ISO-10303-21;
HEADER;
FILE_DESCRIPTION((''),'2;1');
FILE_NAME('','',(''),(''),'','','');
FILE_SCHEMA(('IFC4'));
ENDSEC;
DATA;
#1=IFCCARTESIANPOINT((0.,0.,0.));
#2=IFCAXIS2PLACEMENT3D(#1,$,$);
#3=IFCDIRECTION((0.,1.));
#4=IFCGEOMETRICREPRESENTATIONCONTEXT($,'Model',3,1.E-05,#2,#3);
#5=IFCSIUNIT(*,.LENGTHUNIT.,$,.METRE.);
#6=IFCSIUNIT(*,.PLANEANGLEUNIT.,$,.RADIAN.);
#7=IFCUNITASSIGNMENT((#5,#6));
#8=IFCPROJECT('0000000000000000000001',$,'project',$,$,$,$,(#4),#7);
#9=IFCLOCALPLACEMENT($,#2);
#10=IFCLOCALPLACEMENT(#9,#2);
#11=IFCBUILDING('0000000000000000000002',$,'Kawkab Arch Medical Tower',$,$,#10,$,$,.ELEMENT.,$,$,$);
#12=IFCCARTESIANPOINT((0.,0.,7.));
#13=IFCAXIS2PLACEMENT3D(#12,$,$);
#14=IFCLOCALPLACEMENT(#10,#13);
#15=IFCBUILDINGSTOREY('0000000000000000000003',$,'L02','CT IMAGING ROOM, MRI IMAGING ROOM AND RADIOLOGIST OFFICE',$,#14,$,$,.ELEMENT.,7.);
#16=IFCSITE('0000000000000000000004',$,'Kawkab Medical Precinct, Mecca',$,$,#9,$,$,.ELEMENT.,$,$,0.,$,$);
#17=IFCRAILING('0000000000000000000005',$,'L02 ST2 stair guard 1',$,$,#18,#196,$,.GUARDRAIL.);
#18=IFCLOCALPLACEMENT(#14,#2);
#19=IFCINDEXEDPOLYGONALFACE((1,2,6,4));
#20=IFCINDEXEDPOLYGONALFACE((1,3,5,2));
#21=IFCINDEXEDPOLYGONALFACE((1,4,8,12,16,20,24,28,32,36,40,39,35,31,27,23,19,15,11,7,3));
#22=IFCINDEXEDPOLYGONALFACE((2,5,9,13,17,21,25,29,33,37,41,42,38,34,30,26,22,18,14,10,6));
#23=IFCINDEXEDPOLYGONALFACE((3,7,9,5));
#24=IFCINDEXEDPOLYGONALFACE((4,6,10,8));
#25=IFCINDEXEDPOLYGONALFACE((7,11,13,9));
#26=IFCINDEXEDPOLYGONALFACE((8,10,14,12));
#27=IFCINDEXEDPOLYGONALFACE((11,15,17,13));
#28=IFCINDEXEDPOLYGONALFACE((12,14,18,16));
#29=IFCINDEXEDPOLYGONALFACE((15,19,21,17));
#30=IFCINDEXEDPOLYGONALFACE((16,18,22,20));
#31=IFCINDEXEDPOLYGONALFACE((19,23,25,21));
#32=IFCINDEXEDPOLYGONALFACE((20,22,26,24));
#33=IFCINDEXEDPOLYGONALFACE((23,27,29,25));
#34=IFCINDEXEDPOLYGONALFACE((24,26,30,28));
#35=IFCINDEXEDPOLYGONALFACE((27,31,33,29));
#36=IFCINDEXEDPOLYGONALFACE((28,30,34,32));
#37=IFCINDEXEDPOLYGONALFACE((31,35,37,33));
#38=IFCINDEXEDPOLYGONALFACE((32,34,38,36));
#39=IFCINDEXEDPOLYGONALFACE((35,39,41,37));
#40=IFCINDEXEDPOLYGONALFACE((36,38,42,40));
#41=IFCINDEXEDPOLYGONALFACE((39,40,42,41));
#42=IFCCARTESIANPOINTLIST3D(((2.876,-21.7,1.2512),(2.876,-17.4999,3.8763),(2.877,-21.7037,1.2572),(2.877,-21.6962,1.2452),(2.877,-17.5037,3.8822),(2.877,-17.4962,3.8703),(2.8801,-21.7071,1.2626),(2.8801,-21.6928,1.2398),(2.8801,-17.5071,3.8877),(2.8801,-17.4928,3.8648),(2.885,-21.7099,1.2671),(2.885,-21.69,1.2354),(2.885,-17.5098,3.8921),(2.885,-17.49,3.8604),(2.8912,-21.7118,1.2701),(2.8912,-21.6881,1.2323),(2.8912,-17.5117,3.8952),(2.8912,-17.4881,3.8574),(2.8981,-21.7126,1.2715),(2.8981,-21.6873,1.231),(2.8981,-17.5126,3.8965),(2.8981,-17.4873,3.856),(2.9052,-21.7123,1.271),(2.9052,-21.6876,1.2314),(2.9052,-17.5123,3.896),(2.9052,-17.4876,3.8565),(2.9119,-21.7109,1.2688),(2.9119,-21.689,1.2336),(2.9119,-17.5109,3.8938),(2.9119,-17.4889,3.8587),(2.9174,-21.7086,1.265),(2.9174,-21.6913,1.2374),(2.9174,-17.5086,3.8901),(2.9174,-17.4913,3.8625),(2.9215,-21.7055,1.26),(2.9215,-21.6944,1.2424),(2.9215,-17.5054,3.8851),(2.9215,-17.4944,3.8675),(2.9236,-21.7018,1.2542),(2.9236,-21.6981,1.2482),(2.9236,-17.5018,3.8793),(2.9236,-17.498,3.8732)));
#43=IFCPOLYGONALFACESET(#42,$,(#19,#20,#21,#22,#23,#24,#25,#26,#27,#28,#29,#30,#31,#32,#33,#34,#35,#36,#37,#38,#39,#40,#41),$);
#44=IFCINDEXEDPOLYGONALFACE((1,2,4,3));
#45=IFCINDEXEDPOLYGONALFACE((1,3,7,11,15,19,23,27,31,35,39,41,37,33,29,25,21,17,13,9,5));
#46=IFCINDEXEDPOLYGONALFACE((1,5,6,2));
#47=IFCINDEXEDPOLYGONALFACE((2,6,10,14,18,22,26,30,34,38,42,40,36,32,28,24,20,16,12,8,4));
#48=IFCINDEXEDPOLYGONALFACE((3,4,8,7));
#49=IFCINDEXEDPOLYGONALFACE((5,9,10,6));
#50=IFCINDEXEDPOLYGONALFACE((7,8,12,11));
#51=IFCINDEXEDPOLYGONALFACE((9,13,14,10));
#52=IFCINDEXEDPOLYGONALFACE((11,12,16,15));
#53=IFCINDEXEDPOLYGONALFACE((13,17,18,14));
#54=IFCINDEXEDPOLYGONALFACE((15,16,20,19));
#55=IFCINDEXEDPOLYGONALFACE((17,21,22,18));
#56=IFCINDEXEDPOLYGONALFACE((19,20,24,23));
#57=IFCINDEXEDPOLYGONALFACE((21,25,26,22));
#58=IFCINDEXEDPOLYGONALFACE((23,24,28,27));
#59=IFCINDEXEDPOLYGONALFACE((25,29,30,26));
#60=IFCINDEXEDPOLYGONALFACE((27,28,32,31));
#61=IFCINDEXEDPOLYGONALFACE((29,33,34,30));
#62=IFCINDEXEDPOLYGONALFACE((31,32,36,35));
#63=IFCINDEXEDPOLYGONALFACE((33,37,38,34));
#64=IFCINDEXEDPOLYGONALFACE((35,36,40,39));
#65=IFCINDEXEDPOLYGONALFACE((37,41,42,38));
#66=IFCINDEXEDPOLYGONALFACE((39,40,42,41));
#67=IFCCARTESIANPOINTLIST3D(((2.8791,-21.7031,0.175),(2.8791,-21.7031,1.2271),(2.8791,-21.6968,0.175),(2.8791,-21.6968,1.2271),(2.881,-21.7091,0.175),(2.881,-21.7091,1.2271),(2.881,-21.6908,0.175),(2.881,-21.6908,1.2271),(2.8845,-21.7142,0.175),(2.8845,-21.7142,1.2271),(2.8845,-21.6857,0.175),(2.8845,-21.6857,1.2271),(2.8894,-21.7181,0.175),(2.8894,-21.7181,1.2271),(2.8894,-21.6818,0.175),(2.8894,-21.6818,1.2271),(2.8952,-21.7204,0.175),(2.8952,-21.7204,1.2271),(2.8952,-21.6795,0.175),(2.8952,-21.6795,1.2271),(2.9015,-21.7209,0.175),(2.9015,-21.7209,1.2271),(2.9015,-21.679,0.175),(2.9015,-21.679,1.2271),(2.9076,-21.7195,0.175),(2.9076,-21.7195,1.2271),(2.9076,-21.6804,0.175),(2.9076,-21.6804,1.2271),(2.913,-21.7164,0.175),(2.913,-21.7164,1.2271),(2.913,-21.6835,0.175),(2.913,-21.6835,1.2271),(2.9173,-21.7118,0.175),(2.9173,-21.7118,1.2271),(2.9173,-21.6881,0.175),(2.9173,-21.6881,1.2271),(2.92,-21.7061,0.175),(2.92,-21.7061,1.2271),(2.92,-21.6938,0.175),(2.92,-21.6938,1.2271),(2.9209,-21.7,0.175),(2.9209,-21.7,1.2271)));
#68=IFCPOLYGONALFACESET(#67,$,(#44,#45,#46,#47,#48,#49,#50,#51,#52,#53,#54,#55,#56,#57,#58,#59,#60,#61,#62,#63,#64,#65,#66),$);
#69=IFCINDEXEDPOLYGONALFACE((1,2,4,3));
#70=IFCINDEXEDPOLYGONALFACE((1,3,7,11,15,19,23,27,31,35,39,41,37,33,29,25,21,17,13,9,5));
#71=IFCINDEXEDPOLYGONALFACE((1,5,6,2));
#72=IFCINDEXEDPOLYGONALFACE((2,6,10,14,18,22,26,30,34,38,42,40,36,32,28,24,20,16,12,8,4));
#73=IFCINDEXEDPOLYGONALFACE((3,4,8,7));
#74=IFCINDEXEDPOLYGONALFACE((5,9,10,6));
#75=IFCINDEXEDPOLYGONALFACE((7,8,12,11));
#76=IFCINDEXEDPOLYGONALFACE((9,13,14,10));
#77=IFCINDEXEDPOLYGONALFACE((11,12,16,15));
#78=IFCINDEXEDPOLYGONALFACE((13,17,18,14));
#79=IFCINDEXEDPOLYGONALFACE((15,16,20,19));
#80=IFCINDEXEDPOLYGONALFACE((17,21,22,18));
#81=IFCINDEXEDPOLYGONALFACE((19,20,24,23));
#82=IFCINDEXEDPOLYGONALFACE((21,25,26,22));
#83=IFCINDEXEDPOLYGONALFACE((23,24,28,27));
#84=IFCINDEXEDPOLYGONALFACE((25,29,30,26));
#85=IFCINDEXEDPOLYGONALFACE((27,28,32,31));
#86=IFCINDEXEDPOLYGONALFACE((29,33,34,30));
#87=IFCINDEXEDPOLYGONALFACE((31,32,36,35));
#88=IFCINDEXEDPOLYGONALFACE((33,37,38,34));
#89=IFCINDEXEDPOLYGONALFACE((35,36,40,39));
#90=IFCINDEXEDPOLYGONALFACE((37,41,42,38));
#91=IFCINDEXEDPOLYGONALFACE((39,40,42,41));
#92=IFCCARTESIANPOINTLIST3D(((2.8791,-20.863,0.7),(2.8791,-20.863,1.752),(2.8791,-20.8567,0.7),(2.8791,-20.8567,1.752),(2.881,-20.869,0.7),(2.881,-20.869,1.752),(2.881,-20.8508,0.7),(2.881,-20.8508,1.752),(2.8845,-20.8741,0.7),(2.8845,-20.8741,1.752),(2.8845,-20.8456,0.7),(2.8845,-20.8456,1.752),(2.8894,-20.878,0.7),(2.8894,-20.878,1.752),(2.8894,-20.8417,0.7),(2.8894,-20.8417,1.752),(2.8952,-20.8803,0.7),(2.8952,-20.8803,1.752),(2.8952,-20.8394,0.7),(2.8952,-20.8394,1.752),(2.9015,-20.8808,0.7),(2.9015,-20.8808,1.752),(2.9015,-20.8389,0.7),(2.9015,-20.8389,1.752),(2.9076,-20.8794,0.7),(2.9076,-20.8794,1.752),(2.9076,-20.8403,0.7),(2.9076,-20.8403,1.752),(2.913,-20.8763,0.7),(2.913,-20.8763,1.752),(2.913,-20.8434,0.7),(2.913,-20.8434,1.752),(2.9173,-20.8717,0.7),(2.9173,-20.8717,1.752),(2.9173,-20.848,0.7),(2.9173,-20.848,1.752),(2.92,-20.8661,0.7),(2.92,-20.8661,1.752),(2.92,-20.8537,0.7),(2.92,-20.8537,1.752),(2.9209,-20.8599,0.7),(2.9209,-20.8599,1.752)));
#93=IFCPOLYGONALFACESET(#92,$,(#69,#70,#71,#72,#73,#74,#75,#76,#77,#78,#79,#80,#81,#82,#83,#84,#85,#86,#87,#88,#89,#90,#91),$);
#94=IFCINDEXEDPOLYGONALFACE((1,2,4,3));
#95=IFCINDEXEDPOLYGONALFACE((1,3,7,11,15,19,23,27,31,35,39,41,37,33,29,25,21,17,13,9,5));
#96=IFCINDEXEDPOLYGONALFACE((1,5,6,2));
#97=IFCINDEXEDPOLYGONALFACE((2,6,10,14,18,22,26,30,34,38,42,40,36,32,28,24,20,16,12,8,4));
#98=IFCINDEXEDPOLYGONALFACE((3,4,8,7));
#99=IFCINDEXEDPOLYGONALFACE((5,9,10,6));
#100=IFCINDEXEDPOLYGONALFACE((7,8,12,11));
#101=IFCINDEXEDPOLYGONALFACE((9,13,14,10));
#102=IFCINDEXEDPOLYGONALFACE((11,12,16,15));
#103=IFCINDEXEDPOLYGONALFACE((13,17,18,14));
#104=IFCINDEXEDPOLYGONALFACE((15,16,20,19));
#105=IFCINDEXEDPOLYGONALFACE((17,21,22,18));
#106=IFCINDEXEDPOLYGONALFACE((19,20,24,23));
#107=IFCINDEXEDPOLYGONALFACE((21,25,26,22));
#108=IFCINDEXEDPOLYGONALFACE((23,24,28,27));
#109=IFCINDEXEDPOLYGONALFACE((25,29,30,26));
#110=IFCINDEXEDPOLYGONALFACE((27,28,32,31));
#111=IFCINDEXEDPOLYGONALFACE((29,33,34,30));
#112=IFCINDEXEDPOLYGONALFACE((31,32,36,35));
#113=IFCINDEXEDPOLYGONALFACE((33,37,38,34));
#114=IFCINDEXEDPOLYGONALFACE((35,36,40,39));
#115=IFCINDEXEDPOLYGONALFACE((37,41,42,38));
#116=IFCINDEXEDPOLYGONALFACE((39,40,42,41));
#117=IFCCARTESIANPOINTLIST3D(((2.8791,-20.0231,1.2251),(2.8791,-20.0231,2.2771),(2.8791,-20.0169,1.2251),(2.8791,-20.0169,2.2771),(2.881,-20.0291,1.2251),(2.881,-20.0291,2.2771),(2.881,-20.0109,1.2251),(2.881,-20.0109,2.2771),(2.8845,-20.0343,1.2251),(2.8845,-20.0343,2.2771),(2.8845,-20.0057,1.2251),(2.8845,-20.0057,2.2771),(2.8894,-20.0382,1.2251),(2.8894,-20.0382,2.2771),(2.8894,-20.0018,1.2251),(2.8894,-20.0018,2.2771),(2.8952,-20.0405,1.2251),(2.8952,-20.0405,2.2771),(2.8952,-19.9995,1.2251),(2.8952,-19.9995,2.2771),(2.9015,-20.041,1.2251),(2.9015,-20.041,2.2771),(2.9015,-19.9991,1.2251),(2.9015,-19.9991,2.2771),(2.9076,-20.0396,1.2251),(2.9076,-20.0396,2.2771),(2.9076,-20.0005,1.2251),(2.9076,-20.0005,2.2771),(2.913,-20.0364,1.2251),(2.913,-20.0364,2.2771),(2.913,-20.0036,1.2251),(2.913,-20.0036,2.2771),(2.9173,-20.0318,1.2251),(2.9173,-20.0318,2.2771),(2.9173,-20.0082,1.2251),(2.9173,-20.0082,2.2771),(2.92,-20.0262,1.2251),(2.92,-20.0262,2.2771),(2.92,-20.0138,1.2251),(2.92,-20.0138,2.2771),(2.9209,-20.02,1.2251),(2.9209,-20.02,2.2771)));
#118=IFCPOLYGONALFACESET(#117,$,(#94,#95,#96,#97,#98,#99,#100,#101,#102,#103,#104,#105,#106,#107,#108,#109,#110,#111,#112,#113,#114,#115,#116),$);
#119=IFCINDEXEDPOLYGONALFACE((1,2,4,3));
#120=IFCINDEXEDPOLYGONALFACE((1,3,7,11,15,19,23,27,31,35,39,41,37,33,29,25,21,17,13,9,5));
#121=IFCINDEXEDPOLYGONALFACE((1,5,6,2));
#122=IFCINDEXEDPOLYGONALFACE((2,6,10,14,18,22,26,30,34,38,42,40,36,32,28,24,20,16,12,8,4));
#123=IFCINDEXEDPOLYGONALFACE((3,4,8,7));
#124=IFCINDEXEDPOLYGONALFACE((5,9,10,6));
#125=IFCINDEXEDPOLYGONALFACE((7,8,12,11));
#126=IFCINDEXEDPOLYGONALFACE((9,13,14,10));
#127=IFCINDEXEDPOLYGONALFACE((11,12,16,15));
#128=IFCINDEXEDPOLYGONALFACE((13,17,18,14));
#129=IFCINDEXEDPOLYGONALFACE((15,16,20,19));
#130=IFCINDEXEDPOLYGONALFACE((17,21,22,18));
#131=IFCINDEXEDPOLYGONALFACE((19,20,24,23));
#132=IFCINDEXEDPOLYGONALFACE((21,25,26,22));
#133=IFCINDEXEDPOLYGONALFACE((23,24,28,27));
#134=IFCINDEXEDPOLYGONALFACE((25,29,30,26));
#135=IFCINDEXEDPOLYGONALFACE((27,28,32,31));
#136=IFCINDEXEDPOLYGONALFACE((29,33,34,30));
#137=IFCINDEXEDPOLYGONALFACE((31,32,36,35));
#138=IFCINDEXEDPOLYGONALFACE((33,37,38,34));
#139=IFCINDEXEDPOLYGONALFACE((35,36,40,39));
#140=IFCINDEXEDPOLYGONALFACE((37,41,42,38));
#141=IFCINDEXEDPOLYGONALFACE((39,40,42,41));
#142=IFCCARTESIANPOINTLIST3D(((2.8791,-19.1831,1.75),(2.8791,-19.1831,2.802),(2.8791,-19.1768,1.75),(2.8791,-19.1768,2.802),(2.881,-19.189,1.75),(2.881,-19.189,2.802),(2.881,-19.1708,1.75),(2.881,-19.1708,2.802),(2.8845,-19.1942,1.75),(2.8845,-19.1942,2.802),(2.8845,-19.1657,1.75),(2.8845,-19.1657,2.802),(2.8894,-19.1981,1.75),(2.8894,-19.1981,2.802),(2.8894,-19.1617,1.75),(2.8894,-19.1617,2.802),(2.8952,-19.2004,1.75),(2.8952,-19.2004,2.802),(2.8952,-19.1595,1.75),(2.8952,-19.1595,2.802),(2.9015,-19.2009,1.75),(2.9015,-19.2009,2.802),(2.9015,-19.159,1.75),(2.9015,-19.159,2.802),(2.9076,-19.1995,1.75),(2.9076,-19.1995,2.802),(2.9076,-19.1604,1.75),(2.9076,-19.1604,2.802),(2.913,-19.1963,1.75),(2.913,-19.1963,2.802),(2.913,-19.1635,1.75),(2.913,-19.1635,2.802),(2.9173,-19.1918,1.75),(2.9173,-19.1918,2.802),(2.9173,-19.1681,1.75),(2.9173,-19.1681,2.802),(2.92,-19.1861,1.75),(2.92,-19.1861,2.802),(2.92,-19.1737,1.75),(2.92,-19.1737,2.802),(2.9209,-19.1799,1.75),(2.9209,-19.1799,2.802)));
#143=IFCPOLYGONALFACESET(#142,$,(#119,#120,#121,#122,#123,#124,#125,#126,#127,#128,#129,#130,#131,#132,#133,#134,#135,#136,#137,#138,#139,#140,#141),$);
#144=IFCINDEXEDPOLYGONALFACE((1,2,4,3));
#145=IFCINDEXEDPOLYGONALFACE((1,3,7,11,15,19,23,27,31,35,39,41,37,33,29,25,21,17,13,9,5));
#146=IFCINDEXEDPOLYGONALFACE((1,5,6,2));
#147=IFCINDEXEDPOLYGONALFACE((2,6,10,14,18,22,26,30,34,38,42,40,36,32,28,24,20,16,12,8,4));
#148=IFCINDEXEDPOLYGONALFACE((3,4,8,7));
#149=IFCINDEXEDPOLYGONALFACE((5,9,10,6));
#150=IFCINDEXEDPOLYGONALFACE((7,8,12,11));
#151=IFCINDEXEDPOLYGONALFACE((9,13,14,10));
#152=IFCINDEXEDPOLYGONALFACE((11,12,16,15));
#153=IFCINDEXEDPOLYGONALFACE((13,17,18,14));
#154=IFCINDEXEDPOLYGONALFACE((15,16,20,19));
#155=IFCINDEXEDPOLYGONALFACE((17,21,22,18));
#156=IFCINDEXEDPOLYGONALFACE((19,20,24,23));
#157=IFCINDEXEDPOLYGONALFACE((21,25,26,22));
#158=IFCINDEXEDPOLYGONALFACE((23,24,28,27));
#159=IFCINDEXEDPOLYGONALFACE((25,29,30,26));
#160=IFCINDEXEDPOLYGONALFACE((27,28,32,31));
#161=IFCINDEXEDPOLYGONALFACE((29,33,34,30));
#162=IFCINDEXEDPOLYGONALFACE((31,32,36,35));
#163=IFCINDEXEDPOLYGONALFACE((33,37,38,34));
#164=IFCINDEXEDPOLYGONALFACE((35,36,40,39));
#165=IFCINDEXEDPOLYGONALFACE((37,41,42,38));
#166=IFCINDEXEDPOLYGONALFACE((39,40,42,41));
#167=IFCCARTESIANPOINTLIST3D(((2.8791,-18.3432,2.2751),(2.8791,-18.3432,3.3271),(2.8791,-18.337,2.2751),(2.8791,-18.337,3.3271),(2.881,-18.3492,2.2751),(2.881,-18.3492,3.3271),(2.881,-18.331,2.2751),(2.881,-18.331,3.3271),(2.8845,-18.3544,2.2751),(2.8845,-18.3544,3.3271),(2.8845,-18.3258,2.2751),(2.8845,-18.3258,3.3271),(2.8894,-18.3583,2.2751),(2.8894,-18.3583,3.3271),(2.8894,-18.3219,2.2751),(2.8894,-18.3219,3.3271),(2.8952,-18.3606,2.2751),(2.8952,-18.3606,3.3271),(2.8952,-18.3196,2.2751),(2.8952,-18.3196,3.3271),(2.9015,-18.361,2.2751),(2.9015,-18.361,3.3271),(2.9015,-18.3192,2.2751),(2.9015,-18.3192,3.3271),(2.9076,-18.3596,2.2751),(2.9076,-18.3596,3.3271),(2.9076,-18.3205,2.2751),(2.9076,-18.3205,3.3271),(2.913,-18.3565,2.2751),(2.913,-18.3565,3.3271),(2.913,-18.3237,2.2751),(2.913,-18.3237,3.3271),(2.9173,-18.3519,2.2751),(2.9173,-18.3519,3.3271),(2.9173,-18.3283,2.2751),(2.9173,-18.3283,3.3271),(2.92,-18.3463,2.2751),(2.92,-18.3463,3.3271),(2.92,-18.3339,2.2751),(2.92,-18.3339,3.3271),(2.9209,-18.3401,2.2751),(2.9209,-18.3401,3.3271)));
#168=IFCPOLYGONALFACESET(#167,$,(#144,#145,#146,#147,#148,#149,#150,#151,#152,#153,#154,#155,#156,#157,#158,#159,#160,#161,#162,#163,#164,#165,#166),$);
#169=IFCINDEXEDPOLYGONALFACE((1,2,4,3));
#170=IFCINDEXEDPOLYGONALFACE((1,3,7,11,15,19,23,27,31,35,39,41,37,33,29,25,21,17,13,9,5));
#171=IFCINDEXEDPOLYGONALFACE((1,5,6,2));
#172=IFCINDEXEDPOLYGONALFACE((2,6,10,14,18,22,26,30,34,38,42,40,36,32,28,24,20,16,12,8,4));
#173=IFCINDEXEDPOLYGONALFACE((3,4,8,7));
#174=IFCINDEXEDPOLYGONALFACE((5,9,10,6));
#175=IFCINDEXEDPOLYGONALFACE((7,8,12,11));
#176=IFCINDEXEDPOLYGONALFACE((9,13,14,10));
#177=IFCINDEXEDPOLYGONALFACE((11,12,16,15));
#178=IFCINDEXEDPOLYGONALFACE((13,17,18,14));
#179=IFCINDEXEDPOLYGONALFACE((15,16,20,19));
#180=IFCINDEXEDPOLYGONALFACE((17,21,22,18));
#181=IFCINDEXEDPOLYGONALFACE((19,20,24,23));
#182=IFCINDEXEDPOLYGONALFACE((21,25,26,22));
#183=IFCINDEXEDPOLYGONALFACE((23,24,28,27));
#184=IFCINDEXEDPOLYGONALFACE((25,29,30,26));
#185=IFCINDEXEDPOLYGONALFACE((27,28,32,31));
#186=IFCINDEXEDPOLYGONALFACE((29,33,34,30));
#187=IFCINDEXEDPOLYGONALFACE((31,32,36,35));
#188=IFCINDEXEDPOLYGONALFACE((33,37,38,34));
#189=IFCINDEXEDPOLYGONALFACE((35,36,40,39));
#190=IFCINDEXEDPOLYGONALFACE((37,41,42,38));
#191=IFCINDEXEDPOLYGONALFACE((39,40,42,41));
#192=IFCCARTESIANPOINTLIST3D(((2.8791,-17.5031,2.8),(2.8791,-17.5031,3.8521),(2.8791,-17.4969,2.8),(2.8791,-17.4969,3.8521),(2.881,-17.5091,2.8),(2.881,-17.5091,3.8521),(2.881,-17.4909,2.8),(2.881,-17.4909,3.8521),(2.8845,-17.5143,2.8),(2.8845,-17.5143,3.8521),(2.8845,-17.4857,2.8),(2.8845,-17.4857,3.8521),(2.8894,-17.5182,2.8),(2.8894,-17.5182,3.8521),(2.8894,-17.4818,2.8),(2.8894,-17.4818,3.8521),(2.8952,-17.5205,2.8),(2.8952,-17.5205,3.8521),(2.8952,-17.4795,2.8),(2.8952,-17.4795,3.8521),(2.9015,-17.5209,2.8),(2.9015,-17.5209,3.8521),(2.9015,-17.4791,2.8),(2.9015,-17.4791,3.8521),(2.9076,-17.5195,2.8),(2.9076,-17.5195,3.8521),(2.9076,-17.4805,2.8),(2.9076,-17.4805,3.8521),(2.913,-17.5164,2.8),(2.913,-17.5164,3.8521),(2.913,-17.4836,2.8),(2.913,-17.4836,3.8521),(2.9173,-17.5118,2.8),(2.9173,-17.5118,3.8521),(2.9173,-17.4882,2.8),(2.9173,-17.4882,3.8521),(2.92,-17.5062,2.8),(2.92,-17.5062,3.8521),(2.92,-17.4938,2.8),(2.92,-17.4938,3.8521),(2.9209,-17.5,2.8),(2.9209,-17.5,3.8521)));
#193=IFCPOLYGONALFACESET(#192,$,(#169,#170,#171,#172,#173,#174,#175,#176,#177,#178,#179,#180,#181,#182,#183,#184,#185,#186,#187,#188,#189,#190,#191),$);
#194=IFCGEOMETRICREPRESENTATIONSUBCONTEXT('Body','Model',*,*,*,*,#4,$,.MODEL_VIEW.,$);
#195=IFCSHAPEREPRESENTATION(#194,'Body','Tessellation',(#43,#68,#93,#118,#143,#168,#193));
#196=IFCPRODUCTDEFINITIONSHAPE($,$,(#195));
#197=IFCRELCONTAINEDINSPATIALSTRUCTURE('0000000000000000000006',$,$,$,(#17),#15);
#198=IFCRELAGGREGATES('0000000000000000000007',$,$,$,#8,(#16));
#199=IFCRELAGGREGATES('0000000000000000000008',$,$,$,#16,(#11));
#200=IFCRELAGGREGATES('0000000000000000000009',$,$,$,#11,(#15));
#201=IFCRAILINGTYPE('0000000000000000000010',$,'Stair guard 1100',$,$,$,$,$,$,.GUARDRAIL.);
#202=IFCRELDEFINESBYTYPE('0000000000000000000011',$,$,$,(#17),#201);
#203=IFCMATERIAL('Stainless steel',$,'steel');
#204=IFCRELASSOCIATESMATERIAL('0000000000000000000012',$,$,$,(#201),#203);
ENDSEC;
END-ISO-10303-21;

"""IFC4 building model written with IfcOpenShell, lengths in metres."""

from ifc_helpers import new_model, si_unit, direction, frame, origin, origin_2d, place, context, subcontext, project, spatial, circle, extrude, material, type_object, element, save


model = new_model("IFC4")

# Units and contexts
model_context = context("Model", 3, precision=1e-05, world=origin(), true_north=direction((0.0, 1.0)))
body_context = subcontext(model_context, "Body", "Model", "MODEL_VIEW")
ifc_project = project(units=[si_unit("LENGTHUNIT", "METRE"), si_unit("PLANEANGLEUNIT", "RADIAN")], contexts=[model_context])

# Site, building, storey
site_placement = place(None, origin())
site = spatial("IfcSite", under=ifc_project, at=site_placement, Name="Kawkab Medical Precinct, Mecca", CompositionType="ELEMENT", RefElevation=0.0)
building_placement = place(site_placement, origin())
building = spatial("IfcBuilding", under=site, at=building_placement, Name="Kawkab Arch Medical Tower", CompositionType="ELEMENT")
storey_placement = place(building_placement, frame((0.0, 0.0, 7.0)))
storey = spatial("IfcBuildingStorey", under=building, at=storey_placement, Name="L02", Description="CT IMAGING ROOM, MRI IMAGING ROOM AND RADIOLOGIST OFFICE", CompositionType="ELEMENT", Elevation=7.0)

# Railing
ifc_material_1 = material(Name="Stainless steel", Category="steel")
railing_type = type_object("IfcRailingType", Name="Stair guard 1100", PredefinedType="GUARDRAIL", material=ifc_material_1)
railing_1_placement = place(storey_placement, frame((2.8999, -21.7, 0.175)))
element("IfcRailing", 1, at=railing_1_placement, inside=storey, type_object=railing_type, Name="L02 ST2 stair guard 1", PredefinedType="GUARDRAIL", context=body_context, shape_type="SweptSolid", body=[
    extrude(circle(Radius=0.0239, at=origin_2d()), frame((0.0, 0.0, 1.0762), z_axis=(0.0, 0.847996, 0.530003), x_axis=(-1.0, 0.0, 0.0)), (0.0, 0.0, 1.0), 4.9529),
    extrude(circle(Radius=0.021, at=origin_2d()), origin(), (0.0, 0.0, 1.0), 1.052),
    extrude(circle(Radius=0.021, at=origin_2d()), frame((0.0, 0.8401, 0.5249)), (0.0, 0.0, 1.0), 1.052),
    extrude(circle(Radius=0.021, at=origin_2d()), frame((0.0, 1.6799, 1.05)), (0.0, 0.0, 1.0), 1.052),
    extrude(circle(Radius=0.021, at=origin_2d()), frame((0.0, 2.52, 1.575)), (0.0, 0.0, 1.0), 1.052),
    extrude(circle(Radius=0.021, at=origin_2d()), frame((0.0, 3.3599, 2.1001)), (0.0, 0.0, 1.0), 1.052),
    extrude(circle(Radius=0.021, at=origin_2d()), frame((0.0, 4.2, 2.625)), (0.0, 0.0, 1.0), 1.052),
])

save(model, "model.ifc")
